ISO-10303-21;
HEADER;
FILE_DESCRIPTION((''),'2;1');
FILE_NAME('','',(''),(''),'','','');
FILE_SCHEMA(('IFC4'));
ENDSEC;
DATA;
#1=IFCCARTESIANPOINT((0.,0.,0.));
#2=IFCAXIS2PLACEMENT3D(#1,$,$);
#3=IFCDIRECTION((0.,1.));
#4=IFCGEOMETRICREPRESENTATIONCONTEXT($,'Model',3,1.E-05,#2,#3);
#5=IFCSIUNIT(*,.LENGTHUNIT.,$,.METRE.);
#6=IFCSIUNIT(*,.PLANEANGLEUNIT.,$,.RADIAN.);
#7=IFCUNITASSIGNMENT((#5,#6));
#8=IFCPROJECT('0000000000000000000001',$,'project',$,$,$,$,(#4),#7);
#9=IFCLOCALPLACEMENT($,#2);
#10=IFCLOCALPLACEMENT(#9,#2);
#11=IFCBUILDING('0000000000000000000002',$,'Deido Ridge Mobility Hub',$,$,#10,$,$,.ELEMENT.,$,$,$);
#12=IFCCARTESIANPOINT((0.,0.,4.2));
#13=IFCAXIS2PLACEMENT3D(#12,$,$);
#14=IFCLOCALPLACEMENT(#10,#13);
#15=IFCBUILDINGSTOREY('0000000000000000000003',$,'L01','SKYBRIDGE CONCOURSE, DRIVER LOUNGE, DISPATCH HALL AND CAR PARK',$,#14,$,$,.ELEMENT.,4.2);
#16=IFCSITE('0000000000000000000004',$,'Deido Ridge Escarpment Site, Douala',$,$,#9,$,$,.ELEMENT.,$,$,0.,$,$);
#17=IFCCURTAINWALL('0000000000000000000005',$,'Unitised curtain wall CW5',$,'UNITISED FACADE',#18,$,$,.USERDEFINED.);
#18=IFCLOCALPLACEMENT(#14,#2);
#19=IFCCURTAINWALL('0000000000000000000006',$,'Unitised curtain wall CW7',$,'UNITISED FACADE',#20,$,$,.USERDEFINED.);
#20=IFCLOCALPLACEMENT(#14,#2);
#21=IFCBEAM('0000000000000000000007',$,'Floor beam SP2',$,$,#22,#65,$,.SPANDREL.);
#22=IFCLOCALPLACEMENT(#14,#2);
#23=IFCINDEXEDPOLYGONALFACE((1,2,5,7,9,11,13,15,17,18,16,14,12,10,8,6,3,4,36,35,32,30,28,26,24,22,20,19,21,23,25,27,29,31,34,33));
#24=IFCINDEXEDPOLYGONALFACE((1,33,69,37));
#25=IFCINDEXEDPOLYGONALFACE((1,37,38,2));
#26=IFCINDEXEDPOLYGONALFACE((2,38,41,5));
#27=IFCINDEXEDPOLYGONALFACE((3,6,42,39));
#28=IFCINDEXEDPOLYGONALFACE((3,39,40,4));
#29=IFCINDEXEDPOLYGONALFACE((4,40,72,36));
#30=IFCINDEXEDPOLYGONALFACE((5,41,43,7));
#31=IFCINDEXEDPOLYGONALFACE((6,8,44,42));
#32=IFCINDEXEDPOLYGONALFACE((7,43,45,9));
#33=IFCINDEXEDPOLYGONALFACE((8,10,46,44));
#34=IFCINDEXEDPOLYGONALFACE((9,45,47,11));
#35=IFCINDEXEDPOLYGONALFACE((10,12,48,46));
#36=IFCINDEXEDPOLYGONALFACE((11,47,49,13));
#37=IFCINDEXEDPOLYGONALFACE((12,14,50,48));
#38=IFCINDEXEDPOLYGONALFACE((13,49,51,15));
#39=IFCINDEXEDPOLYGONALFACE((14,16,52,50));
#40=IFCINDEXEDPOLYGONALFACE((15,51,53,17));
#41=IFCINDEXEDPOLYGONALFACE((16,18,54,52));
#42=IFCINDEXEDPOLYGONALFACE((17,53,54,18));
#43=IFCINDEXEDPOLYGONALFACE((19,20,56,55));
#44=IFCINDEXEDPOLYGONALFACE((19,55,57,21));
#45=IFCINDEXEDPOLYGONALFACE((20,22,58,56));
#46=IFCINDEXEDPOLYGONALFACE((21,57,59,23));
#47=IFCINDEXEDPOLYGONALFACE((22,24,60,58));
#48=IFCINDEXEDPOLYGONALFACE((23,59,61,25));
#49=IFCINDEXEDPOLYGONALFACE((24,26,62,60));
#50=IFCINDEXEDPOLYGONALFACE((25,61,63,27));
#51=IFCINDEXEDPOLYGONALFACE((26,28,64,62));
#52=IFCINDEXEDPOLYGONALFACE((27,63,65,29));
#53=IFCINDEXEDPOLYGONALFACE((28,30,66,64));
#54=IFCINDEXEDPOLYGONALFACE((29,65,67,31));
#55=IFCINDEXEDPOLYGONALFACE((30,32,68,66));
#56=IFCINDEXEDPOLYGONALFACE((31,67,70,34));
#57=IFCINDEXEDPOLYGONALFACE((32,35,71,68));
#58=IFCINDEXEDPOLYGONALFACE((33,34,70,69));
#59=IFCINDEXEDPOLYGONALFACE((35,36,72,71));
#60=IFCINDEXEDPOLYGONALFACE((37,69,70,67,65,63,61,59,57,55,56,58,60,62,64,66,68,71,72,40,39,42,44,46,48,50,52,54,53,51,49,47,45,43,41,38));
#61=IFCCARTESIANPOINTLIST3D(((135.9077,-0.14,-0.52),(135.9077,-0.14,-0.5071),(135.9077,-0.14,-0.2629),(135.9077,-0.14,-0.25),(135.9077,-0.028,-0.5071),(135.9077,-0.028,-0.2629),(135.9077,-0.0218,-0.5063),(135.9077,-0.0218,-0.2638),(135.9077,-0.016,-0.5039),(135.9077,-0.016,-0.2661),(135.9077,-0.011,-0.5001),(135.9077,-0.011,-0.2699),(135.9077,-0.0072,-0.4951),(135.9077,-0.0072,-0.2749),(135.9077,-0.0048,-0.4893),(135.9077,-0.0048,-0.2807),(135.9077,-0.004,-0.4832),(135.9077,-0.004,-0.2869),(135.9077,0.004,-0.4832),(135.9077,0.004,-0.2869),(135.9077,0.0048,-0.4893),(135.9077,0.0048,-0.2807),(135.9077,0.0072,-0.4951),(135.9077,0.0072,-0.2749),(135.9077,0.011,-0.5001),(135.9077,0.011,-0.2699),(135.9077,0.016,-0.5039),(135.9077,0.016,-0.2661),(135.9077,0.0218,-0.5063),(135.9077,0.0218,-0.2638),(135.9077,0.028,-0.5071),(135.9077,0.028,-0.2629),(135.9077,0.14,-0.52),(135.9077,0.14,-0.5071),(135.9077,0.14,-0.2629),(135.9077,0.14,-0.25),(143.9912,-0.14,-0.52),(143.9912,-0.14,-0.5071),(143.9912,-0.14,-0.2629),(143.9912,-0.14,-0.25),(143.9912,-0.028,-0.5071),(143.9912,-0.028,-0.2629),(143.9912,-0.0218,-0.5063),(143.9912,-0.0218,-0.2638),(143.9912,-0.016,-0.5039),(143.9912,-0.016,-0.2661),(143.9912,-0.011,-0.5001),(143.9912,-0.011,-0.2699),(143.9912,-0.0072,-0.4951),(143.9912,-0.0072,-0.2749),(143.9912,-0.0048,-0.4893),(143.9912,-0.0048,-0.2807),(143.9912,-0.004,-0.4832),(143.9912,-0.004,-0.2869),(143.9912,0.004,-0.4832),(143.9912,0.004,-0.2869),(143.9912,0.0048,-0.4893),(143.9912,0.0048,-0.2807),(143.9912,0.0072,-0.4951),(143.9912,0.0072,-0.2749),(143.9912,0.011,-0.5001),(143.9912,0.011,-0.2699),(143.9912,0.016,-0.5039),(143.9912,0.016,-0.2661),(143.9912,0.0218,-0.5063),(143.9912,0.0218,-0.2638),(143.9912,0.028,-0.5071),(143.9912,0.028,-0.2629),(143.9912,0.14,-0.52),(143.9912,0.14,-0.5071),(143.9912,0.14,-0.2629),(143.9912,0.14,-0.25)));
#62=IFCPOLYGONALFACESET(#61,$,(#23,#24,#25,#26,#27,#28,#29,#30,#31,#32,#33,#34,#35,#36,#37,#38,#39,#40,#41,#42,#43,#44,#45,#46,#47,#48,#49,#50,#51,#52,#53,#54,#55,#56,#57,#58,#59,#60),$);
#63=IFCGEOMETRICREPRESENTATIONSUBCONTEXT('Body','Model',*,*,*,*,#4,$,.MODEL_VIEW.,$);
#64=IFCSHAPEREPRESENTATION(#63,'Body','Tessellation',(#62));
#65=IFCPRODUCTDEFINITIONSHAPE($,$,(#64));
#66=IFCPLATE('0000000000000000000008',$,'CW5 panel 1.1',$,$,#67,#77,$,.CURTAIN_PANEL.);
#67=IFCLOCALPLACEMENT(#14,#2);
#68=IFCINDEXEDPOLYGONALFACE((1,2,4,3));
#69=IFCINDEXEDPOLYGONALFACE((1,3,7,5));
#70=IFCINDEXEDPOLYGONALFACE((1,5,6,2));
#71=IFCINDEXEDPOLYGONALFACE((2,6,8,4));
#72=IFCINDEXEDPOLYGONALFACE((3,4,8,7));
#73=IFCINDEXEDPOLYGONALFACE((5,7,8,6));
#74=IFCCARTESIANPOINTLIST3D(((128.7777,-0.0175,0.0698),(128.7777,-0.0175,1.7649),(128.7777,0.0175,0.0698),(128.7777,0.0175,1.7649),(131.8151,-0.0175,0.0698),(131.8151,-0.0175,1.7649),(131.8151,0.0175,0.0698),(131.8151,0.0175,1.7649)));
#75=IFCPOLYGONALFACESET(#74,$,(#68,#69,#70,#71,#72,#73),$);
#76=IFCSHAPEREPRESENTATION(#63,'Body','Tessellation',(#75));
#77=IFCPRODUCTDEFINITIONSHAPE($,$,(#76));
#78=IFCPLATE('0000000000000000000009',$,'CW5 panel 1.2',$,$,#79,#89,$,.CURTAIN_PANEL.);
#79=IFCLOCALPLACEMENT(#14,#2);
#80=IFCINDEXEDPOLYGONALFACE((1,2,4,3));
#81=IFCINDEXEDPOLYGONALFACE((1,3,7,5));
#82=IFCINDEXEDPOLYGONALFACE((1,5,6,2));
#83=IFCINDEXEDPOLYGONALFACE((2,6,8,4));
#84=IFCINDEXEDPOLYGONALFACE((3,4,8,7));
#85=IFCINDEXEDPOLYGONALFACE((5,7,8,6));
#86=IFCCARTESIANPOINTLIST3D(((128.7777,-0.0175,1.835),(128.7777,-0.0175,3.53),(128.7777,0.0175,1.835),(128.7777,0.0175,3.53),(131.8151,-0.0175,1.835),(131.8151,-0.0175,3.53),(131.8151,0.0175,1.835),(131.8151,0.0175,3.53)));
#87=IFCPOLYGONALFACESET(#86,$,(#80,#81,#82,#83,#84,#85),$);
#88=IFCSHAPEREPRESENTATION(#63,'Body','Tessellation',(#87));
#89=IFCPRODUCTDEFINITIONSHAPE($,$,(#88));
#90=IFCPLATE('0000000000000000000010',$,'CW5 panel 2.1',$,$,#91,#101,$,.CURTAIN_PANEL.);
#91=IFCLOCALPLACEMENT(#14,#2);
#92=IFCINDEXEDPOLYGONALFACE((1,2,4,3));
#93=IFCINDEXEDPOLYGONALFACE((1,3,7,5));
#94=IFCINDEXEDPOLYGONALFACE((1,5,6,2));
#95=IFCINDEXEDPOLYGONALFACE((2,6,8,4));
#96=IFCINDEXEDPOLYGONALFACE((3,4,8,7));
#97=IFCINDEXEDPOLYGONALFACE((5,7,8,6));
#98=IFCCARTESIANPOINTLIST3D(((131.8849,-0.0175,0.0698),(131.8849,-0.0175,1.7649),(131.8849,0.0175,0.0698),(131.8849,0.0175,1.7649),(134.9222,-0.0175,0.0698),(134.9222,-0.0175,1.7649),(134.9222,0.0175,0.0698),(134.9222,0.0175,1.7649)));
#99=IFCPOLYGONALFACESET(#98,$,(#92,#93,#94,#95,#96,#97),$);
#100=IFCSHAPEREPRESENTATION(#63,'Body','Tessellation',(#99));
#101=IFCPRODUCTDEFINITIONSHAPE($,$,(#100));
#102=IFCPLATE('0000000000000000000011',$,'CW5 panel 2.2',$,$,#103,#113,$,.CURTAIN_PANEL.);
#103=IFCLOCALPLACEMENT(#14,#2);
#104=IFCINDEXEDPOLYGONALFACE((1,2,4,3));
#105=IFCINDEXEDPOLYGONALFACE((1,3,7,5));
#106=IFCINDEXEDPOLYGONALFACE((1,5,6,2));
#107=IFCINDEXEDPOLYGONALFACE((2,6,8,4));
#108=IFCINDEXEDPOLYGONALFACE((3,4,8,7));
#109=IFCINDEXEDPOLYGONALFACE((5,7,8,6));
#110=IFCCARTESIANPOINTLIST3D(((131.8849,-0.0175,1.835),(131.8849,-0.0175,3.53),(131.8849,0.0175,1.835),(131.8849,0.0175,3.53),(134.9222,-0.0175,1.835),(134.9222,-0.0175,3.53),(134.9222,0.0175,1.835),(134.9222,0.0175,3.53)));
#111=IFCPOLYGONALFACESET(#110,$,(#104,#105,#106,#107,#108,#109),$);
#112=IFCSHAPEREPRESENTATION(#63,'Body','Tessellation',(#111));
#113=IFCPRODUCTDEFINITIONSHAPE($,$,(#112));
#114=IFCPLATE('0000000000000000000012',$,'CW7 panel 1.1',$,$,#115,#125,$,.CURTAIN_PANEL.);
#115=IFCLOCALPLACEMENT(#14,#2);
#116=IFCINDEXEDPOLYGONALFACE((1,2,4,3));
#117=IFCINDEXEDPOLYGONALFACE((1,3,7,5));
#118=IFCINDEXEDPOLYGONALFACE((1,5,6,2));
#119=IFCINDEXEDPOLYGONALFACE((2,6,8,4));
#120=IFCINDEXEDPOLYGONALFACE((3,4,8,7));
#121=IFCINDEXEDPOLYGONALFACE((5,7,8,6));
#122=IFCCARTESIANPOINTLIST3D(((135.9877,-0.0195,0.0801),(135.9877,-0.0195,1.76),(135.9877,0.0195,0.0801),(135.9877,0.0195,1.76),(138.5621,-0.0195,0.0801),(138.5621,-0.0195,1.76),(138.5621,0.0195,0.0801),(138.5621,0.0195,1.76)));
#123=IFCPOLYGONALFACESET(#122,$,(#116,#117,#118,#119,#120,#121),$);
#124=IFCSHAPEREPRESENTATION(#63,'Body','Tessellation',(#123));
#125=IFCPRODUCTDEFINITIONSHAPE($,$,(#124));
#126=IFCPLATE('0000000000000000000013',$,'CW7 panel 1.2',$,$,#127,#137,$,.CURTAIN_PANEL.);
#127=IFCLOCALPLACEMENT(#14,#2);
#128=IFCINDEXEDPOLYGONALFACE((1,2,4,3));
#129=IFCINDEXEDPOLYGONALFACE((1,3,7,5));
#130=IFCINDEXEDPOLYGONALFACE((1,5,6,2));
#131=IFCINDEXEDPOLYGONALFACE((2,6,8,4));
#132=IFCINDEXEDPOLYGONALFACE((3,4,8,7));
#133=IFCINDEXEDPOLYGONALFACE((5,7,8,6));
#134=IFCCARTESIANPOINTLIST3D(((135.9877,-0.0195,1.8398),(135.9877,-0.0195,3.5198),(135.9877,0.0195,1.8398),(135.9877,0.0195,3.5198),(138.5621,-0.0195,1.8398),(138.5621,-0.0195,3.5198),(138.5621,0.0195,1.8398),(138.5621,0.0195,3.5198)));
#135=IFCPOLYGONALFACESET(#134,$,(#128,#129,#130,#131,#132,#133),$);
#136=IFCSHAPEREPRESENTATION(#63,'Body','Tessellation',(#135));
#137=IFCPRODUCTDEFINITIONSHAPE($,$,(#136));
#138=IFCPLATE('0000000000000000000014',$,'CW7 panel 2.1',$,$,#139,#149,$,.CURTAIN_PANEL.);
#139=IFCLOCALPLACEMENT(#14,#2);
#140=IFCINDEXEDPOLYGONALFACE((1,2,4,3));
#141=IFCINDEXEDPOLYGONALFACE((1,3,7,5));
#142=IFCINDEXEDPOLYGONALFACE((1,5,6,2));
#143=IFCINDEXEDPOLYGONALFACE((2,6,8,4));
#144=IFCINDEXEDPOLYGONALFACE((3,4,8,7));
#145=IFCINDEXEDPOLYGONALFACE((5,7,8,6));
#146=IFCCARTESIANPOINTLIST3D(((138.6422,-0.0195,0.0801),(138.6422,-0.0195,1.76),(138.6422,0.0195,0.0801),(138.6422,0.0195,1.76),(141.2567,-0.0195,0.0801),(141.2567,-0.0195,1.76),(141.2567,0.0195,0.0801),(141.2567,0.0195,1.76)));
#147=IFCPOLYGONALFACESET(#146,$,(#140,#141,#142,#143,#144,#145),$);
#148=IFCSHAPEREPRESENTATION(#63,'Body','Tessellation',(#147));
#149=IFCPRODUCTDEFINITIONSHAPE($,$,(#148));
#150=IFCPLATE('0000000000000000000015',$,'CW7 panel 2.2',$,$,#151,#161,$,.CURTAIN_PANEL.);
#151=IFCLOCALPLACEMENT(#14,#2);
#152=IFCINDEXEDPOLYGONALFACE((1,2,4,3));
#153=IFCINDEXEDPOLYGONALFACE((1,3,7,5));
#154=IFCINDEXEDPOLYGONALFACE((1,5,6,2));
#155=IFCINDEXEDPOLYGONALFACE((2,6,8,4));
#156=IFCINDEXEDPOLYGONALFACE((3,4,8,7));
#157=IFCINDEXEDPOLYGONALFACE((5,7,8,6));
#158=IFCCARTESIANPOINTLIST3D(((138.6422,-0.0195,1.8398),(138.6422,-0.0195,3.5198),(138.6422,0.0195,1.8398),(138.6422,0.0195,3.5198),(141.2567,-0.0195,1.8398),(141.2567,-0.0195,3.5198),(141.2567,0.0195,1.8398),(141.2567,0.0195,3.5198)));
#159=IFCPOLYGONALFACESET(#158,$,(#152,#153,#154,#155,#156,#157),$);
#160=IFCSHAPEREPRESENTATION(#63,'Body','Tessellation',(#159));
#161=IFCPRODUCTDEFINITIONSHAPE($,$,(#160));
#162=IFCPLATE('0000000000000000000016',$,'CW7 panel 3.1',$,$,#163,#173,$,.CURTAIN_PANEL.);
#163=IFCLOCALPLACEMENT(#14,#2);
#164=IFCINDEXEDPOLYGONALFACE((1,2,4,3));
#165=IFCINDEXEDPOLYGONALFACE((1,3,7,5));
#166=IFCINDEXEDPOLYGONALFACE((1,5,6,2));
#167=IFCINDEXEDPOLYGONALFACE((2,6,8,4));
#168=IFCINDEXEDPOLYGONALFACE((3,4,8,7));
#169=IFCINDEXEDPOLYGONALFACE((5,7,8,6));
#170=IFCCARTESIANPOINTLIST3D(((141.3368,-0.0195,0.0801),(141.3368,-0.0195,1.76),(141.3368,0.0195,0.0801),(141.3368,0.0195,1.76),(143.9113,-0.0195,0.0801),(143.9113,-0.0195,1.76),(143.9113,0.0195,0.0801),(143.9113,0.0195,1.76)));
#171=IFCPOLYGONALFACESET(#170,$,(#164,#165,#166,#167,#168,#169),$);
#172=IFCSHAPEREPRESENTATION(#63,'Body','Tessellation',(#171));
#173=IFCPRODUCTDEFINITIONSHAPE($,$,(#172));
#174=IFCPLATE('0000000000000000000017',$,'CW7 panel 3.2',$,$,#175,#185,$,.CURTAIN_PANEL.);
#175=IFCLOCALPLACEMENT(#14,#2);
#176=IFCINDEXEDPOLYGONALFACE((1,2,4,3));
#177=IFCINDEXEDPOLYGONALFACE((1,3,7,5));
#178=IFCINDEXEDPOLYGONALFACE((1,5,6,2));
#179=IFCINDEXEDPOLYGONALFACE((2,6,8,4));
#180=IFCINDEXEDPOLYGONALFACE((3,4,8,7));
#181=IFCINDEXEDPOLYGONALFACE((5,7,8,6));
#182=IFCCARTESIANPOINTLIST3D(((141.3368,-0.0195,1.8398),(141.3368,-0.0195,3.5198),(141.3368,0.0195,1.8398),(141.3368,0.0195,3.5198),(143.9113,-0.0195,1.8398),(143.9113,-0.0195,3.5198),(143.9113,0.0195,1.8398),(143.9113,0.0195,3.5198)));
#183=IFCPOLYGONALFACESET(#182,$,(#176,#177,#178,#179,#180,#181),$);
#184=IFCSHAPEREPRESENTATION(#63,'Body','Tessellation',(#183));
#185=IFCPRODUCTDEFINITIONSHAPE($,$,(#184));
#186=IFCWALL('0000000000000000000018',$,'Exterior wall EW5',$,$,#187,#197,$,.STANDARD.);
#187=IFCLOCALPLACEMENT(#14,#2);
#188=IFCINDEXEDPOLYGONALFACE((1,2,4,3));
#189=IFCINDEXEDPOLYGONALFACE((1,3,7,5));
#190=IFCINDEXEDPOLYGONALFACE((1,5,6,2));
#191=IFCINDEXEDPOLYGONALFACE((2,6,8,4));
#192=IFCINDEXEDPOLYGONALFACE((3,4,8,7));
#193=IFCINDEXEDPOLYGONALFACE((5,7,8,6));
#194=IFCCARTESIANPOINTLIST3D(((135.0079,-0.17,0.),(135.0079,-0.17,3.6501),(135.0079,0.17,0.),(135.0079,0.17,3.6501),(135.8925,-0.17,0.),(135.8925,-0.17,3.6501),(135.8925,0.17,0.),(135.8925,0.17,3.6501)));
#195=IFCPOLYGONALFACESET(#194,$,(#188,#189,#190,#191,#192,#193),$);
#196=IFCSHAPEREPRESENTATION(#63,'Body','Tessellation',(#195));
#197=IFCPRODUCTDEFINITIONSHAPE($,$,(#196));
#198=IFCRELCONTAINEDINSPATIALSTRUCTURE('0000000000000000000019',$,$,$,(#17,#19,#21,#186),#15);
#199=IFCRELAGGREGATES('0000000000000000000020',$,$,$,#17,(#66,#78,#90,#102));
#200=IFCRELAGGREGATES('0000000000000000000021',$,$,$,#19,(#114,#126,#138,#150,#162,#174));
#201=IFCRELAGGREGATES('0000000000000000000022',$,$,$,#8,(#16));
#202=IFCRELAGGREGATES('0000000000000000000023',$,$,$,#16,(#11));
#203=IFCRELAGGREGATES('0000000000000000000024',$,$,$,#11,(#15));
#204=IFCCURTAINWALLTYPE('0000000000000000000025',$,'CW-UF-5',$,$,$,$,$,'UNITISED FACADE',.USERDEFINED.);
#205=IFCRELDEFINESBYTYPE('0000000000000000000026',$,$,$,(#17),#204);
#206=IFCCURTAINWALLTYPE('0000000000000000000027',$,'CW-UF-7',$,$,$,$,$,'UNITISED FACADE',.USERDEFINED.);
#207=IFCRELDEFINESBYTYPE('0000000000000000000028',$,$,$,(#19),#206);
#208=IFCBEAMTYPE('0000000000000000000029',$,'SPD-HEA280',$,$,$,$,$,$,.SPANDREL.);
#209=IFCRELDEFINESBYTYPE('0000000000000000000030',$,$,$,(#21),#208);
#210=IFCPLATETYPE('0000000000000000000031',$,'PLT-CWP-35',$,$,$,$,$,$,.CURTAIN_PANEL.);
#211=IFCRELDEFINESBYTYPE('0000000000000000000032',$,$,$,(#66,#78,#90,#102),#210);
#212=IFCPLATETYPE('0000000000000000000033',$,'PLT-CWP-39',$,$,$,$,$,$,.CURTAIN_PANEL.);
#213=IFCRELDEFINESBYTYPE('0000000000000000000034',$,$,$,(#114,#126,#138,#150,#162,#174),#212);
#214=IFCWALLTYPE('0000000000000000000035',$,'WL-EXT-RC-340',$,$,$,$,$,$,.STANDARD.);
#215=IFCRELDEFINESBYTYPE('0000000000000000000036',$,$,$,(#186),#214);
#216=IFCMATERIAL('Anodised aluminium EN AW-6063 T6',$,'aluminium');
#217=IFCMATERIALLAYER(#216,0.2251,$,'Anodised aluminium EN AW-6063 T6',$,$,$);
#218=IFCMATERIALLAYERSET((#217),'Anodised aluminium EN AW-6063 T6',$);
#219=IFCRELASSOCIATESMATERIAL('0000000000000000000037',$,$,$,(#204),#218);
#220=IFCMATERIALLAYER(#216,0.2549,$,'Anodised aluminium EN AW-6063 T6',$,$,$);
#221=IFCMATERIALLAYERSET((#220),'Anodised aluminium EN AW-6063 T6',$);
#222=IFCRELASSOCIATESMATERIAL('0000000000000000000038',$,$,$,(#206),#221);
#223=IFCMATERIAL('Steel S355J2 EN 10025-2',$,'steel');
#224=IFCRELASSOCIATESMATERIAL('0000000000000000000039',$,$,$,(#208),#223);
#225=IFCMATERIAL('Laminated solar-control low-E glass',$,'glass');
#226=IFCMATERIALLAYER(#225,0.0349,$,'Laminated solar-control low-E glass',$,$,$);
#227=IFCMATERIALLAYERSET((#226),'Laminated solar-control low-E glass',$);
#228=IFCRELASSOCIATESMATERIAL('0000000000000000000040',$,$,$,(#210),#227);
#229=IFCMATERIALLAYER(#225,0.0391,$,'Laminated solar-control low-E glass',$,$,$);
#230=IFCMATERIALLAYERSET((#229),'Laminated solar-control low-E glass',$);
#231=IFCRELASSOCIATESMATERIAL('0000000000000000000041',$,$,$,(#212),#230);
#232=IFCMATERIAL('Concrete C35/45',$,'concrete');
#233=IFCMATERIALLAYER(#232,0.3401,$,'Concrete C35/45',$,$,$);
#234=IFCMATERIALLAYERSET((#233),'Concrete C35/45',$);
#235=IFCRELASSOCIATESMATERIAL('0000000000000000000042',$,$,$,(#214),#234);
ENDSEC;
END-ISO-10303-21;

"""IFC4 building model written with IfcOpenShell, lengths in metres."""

from ifc_helpers import new_model, si_unit, direction, frame, frame_2d, origin, origin_2d, place, context, subcontext, project, spatial, rectangle, i_section, extrude, material, layer, layer_set, material_profile, profile_set, type_object, element, aggregate, save


model = new_model("IFC4")

# Units and contexts
model_context = context("Model", 3, precision=1e-05, world=origin(), true_north=direction((0.0, 1.0)))
body_context = subcontext(model_context, "Body", "Model", "MODEL_VIEW")
ifc_project = project(units=[si_unit("LENGTHUNIT", "METRE"), si_unit("PLANEANGLEUNIT", "RADIAN")], contexts=[model_context])

# Site, building, storey
site_placement = place(None, origin())
site = spatial("IfcSite", under=ifc_project, at=site_placement, Name="Deido Ridge Escarpment Site, Douala", CompositionType="ELEMENT", RefElevation=0.0)
building_placement = place(site_placement, origin())
building = spatial("IfcBuilding", under=site, at=building_placement, Name="Deido Ridge Mobility Hub", CompositionType="ELEMENT")
storey_placement = place(building_placement, frame((0.0, 0.0, 4.2)))
storey = spatial("IfcBuildingStorey", under=building, at=storey_placement, Name="L01", Description="SKYBRIDGE CONCOURSE, DRIVER LOUNGE, DISPATCH HALL AND CAR PARK", CompositionType="ELEMENT", Elevation=4.2)

# Shared definitions
ifc_material_1 = material(Name="Steel S355J2 EN 10025-2", Category="steel")

# Curtain walls
ifc_material_2 = material(Name="Anodised aluminium EN AW-6063 T6", Category="aluminium")
ifc_layer_1 = layer(ifc_material_2, 0.2251, Name="Anodised aluminium EN AW-6063 T6")
ifc_layer_set_1 = layer_set([ifc_layer_1], Name="Anodised aluminium EN AW-6063 T6")
curtain_wall_type_1 = type_object("IfcCurtainWallType", Name="CW-UF-5", ElementType="UNITISED FACADE", PredefinedType="USERDEFINED", material=ifc_layer_set_1)
curtain_wall_1_placement = place(storey_placement, origin())
curtain_wall_1 = element("IfcCurtainWall", 1, at=curtain_wall_1_placement, inside=storey, type_object=curtain_wall_type_1, Name="Unitised curtain wall CW5", ObjectType="UNITISED FACADE", PredefinedType="USERDEFINED")
ifc_layer_2 = layer(ifc_material_2, 0.2549, Name="Anodised aluminium EN AW-6063 T6")
ifc_layer_set_2 = layer_set([ifc_layer_2], Name="Anodised aluminium EN AW-6063 T6")
curtain_wall_type_2 = type_object("IfcCurtainWallType", Name="CW-UF-7", ElementType="UNITISED FACADE", PredefinedType="USERDEFINED", material=ifc_layer_set_2)
curtain_wall_2_placement = place(storey_placement, origin())
curtain_wall_2 = element("IfcCurtainWall", 2, at=curtain_wall_2_placement, inside=storey, type_object=curtain_wall_type_2, Name="Unitised curtain wall CW7", ObjectType="UNITISED FACADE", PredefinedType="USERDEFINED")

# Beam
ifc_material_profile_1 = material_profile(ifc_material_1, i_section(OverallWidth=0.28, OverallDepth=0.27, WebThickness=0.0081, FlangeThickness=0.0129, FilletRadius=0.0239, at=origin_2d()), Name="HEA 280")
ifc_profile_set_1 = profile_set([ifc_material_profile_1], Name="Steel S355J2 EN 10025-2")
beam_type = type_object("IfcBeamType", Name="SPD-HEA280", PredefinedType="SPANDREL", material=ifc_profile_set_1)
beam_1_placement = place(storey_placement, frame((135.9077, 0.0, -0.385), z_axis=(1.0, 0.0, 0.0), x_axis=(0.0, 1.0, 0.0)))
element("IfcBeam", 3, at=beam_1_placement, inside=storey, type_object=beam_type, Name="Floor beam SP2", PredefinedType="SPANDREL", context=body_context, shape_type="SweptSolid", body=[
    extrude(i_section(OverallWidth=0.28, OverallDepth=0.27, WebThickness=0.0081, FlangeThickness=0.0129, FilletRadius=0.0239, at=origin_2d()), origin(), (0.0, 0.0, 1.0), 8.0835),
])

# Plates
ifc_material_3 = material(Name="Laminated solar-control low-E glass", Category="glass")
ifc_layer_3 = layer(ifc_material_3, 0.0349, Name="Laminated solar-control low-E glass")
ifc_layer_set_3 = layer_set([ifc_layer_3], Name="Laminated solar-control low-E glass")
plate_type_1 = type_object("IfcPlateType", Name="PLT-CWP-35", PredefinedType="CURTAIN_PANEL", material=ifc_layer_set_3)
plate_1_placement = place(storey_placement, frame((130.2964, 0.0, 0.0698), z_axis=(0.0, 0.0, 1.0), x_axis=(1.0, 0.0, 0.0)))
plate_1 = element("IfcPlate", 4, at=plate_1_placement, type_object=plate_type_1, Name="CW5 panel 1.1", PredefinedType="CURTAIN_PANEL", context=body_context, shape_type="SweptSolid", body=[
    extrude(rectangle(XDim=3.0374, YDim=0.0349, at=origin_2d()), origin(), (0.0, 0.0, 1.0), 1.6951),
])
plate_2_placement = place(storey_placement, frame((130.2964, 0.0, 1.835), z_axis=(0.0, 0.0, 1.0), x_axis=(1.0, 0.0, 0.0)))
plate_2 = element("IfcPlate", 5, at=plate_2_placement, type_object=plate_type_1, Name="CW5 panel 1.2", PredefinedType="CURTAIN_PANEL", context=body_context, shape_type="SweptSolid", body=[
    extrude(rectangle(XDim=3.0374, YDim=0.0349, at=origin_2d()), origin(), (0.0, 0.0, 1.0), 1.6951),
])
plate_3_placement = place(storey_placement, frame((133.4036, 0.0, 0.0698), z_axis=(0.0, 0.0, 1.0), x_axis=(1.0, 0.0, 0.0)))
plate_3 = element("IfcPlate", 6, at=plate_3_placement, type_object=plate_type_1, Name="CW5 panel 2.1", PredefinedType="CURTAIN_PANEL", context=body_context, shape_type="SweptSolid", body=[
    extrude(rectangle(XDim=3.0374, YDim=0.0349, at=origin_2d()), origin(), (0.0, 0.0, 1.0), 1.6951),
])
plate_4_placement = place(storey_placement, frame((133.4036, 0.0, 1.835), z_axis=(0.0, 0.0, 1.0), x_axis=(1.0, 0.0, 0.0)))
plate_4 = element("IfcPlate", 7, at=plate_4_placement, type_object=plate_type_1, Name="CW5 panel 2.2", PredefinedType="CURTAIN_PANEL", context=body_context, shape_type="SweptSolid", body=[
    extrude(rectangle(XDim=3.0374, YDim=0.0349, at=origin_2d()), origin(), (0.0, 0.0, 1.0), 1.6951),
])
aggregate(curtain_wall_1, [plate_1, plate_2, plate_3, plate_4])
ifc_layer_4 = layer(ifc_material_3, 0.0391, Name="Laminated solar-control low-E glass")
ifc_layer_set_4 = layer_set([ifc_layer_4], Name="Laminated solar-control low-E glass")
plate_type_2 = type_object("IfcPlateType", Name="PLT-CWP-39", PredefinedType="CURTAIN_PANEL", material=ifc_layer_set_4)
plate_5_placement = place(storey_placement, frame((137.2749, 0.0, 0.0801), z_axis=(0.0, 0.0, 1.0), x_axis=(1.0, 0.0, 0.0)))
plate_5 = element("IfcPlate", 8, at=plate_5_placement, type_object=plate_type_2, Name="CW7 panel 1.1", PredefinedType="CURTAIN_PANEL", context=body_context, shape_type="SweptSolid", body=[
    extrude(rectangle(XDim=2.5745, YDim=0.0391, at=origin_2d()), origin(), (0.0, 0.0, 1.0), 1.6799),
])
plate_6_placement = place(storey_placement, frame((137.2749, 0.0, 1.8398), z_axis=(0.0, 0.0, 1.0), x_axis=(1.0, 0.0, 0.0)))
plate_6 = element("IfcPlate", 9, at=plate_6_placement, type_object=plate_type_2, Name="CW7 panel 1.2", PredefinedType="CURTAIN_PANEL", context=body_context, shape_type="SweptSolid", body=[
    extrude(rectangle(XDim=2.5745, YDim=0.0391, at=origin_2d()), origin(), (0.0, 0.0, 1.0), 1.6799),
])
plate_7_placement = place(storey_placement, frame((139.9495, 0.0, 0.0801), z_axis=(0.0, 0.0, 1.0), x_axis=(1.0, 0.0, 0.0)))
plate_7 = element("IfcPlate", 10, at=plate_7_placement, type_object=plate_type_2, Name="CW7 panel 2.1", PredefinedType="CURTAIN_PANEL", context=body_context, shape_type="SweptSolid", body=[
    extrude(rectangle(XDim=2.6145, YDim=0.0391, at=origin_2d()), origin(), (0.0, 0.0, 1.0), 1.6799),
])
plate_8_placement = place(storey_placement, frame((139.9495, 0.0, 1.8398), z_axis=(0.0, 0.0, 1.0), x_axis=(1.0, 0.0, 0.0)))
plate_8 = element("IfcPlate", 11, at=plate_8_placement, type_object=plate_type_2, Name="CW7 panel 2.2", PredefinedType="CURTAIN_PANEL", context=body_context, shape_type="SweptSolid", body=[
    extrude(rectangle(XDim=2.6145, YDim=0.0391, at=origin_2d()), origin(), (0.0, 0.0, 1.0), 1.6799),
])
plate_9_placement = place(storey_placement, frame((142.624, 0.0, 0.0801), z_axis=(0.0, 0.0, 1.0), x_axis=(1.0, 0.0, 0.0)))
plate_9 = element("IfcPlate", 12, at=plate_9_placement, type_object=plate_type_2, Name="CW7 panel 3.1", PredefinedType="CURTAIN_PANEL", context=body_context, shape_type="SweptSolid", body=[
    extrude(rectangle(XDim=2.5745, YDim=0.0391, at=origin_2d()), origin(), (0.0, 0.0, 1.0), 1.6799),
])
plate_10_placement = place(storey_placement, frame((142.624, 0.0, 1.8398), z_axis=(0.0, 0.0, 1.0), x_axis=(1.0, 0.0, 0.0)))
plate_10 = element("IfcPlate", 13, at=plate_10_placement, type_object=plate_type_2, Name="CW7 panel 3.2", PredefinedType="CURTAIN_PANEL", context=body_context, shape_type="SweptSolid", body=[
    extrude(rectangle(XDim=2.5745, YDim=0.0391, at=origin_2d()), origin(), (0.0, 0.0, 1.0), 1.6799),
])
aggregate(curtain_wall_2, [plate_5, plate_6, plate_7, plate_8, plate_9, plate_10])

# Wall
ifc_material_4 = material(Name="Concrete C35/45", Category="concrete")
ifc_layer_5 = layer(ifc_material_4, 0.3401, Name="Concrete C35/45")
ifc_layer_set_5 = layer_set([ifc_layer_5], Name="Concrete C35/45")
wall_type = type_object("IfcWallType", Name="WL-EXT-RC-340", PredefinedType="STANDARD", material=ifc_layer_set_5)
wall_placement = place(storey_placement, frame((135.0078, 0.0, 0.0), z_axis=(0.0, 0.0, 1.0), x_axis=(1.0, 0.0, 0.0)))
element("IfcWall", 14, at=wall_placement, inside=storey, type_object=wall_type, Name="Exterior wall EW5", PredefinedType="STANDARD", context=body_context, shape_type="SweptSolid", body=[
    extrude(rectangle(XDim=0.8845, YDim=0.3401, at=frame_2d((0.4424, 0.0))), origin(), (0.0, 0.0, 1.0), 3.6501),
])

save(model, "model.ifc")
